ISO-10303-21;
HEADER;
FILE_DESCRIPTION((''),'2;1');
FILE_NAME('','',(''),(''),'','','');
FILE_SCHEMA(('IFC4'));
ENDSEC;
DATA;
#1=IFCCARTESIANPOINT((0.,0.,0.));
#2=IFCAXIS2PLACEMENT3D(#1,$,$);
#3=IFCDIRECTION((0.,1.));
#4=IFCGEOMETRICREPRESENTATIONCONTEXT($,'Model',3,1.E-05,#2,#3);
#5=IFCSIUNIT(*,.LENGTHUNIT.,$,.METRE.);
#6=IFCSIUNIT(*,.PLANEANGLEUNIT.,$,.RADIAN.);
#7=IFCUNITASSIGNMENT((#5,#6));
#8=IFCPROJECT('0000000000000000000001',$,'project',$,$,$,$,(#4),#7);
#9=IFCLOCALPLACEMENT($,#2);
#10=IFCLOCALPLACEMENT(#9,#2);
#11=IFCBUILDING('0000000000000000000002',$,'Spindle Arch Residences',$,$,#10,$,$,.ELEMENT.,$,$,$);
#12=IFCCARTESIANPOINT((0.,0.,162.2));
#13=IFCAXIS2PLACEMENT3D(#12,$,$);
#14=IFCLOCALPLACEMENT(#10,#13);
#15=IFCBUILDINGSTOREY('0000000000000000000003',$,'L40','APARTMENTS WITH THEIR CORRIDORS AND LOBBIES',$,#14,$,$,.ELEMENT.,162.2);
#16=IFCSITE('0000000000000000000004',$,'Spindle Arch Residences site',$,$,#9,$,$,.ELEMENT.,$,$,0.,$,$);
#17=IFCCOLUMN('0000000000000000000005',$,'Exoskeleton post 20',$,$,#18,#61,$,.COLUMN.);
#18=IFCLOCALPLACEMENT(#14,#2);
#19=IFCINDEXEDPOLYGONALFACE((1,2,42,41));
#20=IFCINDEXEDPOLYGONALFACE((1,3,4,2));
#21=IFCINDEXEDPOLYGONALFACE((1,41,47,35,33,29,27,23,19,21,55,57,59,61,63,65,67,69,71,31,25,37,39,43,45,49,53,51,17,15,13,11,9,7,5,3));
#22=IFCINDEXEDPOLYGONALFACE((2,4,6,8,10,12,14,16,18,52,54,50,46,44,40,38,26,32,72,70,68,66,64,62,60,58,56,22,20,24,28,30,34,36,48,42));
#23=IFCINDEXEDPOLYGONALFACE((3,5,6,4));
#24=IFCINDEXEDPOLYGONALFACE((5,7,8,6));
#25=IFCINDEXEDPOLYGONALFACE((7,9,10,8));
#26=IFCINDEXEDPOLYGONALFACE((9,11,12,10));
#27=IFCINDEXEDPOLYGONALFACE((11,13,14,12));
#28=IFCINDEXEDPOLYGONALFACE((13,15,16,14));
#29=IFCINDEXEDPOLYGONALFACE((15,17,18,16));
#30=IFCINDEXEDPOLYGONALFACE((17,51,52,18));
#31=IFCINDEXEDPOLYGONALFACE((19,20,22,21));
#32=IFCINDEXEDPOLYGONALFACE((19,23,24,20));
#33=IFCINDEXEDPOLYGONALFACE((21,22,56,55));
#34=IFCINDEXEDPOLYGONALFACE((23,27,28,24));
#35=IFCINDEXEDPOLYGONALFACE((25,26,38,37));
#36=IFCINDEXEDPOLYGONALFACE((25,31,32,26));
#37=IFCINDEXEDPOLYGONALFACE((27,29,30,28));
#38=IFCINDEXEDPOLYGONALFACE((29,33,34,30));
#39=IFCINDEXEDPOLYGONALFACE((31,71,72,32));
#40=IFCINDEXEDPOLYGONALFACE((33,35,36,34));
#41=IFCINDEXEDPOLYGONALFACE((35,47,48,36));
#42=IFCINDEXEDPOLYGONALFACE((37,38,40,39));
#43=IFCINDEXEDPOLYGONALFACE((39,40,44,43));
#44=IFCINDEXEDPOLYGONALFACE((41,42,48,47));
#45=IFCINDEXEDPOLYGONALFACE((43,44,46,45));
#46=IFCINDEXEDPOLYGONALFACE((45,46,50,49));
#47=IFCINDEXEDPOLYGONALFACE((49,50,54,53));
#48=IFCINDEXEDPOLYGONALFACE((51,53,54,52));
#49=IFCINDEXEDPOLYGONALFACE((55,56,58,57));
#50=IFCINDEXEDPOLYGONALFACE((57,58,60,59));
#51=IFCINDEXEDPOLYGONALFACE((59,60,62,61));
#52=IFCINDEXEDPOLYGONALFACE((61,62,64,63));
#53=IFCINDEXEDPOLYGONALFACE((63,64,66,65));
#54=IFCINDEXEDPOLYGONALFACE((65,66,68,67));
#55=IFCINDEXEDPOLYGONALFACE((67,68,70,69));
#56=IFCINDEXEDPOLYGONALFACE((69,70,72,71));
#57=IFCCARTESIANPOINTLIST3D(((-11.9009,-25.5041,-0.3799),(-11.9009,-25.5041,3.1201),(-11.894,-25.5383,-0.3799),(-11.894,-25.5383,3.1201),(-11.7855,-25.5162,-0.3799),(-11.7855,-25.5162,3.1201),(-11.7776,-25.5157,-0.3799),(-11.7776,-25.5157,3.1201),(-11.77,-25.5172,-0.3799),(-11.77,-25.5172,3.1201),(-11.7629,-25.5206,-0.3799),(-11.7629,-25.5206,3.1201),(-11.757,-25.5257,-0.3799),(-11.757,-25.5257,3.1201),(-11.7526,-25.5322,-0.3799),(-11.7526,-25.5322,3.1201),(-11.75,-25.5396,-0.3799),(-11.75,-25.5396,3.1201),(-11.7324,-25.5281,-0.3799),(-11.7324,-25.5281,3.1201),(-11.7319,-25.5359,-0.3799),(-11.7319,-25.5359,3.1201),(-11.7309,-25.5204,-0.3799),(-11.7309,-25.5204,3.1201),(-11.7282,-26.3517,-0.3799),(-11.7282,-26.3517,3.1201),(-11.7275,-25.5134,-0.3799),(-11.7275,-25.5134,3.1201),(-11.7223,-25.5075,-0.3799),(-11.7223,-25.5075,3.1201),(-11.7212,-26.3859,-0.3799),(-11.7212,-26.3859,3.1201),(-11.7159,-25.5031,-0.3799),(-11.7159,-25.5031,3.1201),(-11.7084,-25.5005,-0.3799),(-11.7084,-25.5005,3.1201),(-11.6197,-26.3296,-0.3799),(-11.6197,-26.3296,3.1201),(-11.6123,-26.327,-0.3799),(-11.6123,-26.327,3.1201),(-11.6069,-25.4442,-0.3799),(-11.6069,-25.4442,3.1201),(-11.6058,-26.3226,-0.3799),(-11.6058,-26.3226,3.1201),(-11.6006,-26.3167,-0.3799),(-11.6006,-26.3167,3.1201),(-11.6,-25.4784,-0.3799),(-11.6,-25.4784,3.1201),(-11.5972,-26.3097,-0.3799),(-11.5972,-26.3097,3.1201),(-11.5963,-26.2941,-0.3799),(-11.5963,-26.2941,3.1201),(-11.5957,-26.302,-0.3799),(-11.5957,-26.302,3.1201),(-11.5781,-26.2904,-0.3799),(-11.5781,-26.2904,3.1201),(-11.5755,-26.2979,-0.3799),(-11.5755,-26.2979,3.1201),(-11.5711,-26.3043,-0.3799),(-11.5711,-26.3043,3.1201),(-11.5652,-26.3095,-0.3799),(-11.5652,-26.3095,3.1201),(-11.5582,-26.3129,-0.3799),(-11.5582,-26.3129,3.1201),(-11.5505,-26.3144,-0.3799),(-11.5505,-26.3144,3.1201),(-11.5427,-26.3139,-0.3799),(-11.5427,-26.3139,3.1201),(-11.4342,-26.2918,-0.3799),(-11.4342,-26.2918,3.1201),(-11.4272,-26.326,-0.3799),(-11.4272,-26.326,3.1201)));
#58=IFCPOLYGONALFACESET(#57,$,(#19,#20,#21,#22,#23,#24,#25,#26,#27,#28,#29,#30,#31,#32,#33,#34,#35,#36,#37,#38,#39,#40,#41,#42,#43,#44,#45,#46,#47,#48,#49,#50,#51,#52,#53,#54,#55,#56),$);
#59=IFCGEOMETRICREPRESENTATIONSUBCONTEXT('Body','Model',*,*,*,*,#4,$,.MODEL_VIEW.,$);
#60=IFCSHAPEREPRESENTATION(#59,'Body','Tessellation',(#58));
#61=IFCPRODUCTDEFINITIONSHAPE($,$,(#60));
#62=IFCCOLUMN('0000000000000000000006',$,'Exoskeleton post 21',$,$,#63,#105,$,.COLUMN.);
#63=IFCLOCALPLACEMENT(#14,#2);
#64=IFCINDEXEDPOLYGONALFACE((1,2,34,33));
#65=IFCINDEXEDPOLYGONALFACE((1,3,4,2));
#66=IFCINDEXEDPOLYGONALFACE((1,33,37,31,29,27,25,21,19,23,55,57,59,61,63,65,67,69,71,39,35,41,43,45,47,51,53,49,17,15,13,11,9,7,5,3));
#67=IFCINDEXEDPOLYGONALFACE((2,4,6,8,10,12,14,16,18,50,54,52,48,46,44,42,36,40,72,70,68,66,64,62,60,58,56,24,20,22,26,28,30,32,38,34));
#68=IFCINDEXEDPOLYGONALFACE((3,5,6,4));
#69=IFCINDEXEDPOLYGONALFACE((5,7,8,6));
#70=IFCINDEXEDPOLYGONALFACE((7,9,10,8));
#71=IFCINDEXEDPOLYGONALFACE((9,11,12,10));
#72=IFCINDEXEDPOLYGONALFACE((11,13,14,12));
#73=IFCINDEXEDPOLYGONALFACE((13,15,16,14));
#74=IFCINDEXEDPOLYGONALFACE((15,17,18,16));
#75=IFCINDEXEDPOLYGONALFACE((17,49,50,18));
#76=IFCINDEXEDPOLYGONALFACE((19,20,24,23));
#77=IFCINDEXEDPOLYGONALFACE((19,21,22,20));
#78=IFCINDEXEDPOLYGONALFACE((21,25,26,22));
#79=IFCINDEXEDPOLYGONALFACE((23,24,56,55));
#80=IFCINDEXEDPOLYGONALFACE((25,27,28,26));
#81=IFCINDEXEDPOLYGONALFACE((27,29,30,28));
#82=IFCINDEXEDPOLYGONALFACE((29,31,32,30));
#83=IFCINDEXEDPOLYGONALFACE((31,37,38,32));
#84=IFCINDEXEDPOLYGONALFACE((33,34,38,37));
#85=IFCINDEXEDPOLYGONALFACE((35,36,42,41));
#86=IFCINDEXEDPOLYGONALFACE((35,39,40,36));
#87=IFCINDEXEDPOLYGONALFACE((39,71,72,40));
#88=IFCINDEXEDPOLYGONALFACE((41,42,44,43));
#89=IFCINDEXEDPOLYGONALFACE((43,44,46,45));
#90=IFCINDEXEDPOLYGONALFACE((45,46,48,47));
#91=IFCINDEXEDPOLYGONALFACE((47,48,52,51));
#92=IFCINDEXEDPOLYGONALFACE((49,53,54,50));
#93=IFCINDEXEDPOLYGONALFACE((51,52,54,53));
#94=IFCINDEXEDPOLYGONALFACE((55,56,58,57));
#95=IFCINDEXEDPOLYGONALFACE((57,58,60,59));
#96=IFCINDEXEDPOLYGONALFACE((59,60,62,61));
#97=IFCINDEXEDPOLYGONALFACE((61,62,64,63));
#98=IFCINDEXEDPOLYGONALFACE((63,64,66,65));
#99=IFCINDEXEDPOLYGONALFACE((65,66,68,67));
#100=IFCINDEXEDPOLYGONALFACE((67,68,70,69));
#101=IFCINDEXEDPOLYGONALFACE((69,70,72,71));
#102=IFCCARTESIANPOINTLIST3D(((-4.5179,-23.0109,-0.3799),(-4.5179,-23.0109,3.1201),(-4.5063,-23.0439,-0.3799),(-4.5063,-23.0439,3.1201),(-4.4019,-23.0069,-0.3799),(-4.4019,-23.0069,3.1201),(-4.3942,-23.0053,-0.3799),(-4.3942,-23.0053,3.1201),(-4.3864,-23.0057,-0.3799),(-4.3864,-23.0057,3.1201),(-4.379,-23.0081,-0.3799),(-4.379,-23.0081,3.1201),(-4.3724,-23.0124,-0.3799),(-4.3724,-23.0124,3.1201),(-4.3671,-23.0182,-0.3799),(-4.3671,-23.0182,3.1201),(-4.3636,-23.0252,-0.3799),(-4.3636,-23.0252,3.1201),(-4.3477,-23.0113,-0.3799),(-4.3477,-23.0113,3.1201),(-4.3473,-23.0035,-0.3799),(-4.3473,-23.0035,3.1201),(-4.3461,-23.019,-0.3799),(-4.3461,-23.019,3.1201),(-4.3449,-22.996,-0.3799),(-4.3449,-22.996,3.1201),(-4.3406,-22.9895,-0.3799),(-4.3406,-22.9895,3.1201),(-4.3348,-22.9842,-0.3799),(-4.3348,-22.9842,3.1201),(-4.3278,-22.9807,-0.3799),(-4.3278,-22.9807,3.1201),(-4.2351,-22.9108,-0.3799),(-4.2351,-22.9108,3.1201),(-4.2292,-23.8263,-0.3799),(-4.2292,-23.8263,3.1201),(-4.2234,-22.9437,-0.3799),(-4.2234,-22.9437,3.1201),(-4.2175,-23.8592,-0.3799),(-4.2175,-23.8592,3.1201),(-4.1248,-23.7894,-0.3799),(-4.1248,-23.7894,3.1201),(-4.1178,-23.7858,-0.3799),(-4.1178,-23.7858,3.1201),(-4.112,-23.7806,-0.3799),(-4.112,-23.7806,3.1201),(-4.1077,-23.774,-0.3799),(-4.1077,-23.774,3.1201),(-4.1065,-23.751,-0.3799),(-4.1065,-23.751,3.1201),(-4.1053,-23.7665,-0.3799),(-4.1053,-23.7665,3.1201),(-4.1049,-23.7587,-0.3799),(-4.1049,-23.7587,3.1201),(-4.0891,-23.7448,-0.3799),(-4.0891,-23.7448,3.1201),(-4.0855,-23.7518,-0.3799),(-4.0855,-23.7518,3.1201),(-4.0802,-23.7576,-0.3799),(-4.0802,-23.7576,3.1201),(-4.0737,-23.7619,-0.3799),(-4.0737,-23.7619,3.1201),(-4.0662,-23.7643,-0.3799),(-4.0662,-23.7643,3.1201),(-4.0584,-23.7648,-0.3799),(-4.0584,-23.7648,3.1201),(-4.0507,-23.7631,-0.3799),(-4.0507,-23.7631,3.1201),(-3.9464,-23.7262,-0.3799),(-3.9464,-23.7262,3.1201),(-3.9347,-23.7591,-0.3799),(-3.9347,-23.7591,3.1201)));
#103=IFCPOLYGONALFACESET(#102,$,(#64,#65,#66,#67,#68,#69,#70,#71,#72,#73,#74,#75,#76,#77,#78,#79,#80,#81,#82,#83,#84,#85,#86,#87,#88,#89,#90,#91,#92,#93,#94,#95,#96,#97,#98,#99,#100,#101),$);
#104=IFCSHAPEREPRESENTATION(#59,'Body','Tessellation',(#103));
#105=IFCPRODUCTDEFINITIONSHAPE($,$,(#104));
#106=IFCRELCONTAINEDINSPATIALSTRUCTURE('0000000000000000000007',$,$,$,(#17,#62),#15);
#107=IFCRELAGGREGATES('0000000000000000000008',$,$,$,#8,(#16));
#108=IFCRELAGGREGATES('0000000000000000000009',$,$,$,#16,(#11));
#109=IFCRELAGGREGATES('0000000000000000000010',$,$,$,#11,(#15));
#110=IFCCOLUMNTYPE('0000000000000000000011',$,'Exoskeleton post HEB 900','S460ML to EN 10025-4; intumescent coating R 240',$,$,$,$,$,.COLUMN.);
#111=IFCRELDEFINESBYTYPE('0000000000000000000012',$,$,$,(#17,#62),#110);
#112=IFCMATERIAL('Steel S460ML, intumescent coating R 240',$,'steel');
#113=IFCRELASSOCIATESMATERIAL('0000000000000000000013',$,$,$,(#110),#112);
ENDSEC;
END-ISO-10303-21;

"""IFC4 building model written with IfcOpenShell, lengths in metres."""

from ifc_helpers import new_model, si_unit, direction, frame, origin, origin_2d, place, context, subcontext, project, spatial, i_section, extrude, material, material_profile, profile_set, type_object, element, save


model = new_model("IFC4")

# Units and contexts
model_context = context("Model", 3, precision=1e-05, world=origin(), true_north=direction((0.0, 1.0)))
body_context = subcontext(model_context, "Body", "Model", "MODEL_VIEW")
ifc_project = project(units=[si_unit("LENGTHUNIT", "METRE"), si_unit("PLANEANGLEUNIT", "RADIAN")], contexts=[model_context])

# Site, building, storey
site_placement = place(None, origin())
site = spatial("IfcSite", under=ifc_project, at=site_placement, Name="Spindle Arch Residences site", CompositionType="ELEMENT", RefElevation=0.0)
building_placement = place(site_placement, origin())
building = spatial("IfcBuilding", under=site, at=building_placement, Name="Spindle Arch Residences", CompositionType="ELEMENT")
storey_placement = place(building_placement, frame((0.0, 0.0, 162.2)))
storey = spatial("IfcBuildingStorey", under=building, at=storey_placement, Name="L40", Description="APARTMENTS WITH THEIR CORRIDORS AND LOBBIES", CompositionType="ELEMENT", Elevation=162.2)

# Columns
ifc_material_1 = material(Name="Steel S460ML, intumescent coating R 240", Category="steel")
ifc_material_profile_1 = material_profile(ifc_material_1, i_section(OverallWidth=0.3, OverallDepth=0.8999, WebThickness=0.0186, FlangeThickness=0.0349, FilletRadius=0.03, at=origin_2d()), Name="HEB 900")
ifc_profile_set_1 = profile_set([ifc_material_profile_1], Name="Steel S460ML, intumescent coating R 240")
column_type_1 = type_object("IfcColumnType", Name="Exoskeleton post HEB 900", Description="S460ML to EN 10025-4; intumescent coating R 240", PredefinedType="COLUMN", material=ifc_profile_set_1)
for number, where, z_axis, x_axis, name in (
    (1, (-11.6641, -25.915, -0.3799), (0.0, 0.0, 1.0), (-0.979853, -0.199719, 0.0), "Exoskeleton post 20"),
    (2, (-4.2263, -23.385, -0.3799), (0.0, 0.0, 1.0), (-0.942641, -0.333807, 0.0), "Exoskeleton post 21"),
):
    element("IfcColumn", number, at=place(storey_placement, frame(where, z_axis=z_axis, x_axis=x_axis)), inside=storey, type_object=column_type_1, Name=name, PredefinedType="COLUMN", context=body_context, shape_type="SweptSolid", body=[
        extrude(i_section(OverallWidth=0.3, OverallDepth=0.8999, WebThickness=0.0186, FlangeThickness=0.0349, FilletRadius=0.03, at=origin_2d()), origin(), (0.0, 0.0, 1.0), 3.5),
    ])

save(model, "model.ifc")
